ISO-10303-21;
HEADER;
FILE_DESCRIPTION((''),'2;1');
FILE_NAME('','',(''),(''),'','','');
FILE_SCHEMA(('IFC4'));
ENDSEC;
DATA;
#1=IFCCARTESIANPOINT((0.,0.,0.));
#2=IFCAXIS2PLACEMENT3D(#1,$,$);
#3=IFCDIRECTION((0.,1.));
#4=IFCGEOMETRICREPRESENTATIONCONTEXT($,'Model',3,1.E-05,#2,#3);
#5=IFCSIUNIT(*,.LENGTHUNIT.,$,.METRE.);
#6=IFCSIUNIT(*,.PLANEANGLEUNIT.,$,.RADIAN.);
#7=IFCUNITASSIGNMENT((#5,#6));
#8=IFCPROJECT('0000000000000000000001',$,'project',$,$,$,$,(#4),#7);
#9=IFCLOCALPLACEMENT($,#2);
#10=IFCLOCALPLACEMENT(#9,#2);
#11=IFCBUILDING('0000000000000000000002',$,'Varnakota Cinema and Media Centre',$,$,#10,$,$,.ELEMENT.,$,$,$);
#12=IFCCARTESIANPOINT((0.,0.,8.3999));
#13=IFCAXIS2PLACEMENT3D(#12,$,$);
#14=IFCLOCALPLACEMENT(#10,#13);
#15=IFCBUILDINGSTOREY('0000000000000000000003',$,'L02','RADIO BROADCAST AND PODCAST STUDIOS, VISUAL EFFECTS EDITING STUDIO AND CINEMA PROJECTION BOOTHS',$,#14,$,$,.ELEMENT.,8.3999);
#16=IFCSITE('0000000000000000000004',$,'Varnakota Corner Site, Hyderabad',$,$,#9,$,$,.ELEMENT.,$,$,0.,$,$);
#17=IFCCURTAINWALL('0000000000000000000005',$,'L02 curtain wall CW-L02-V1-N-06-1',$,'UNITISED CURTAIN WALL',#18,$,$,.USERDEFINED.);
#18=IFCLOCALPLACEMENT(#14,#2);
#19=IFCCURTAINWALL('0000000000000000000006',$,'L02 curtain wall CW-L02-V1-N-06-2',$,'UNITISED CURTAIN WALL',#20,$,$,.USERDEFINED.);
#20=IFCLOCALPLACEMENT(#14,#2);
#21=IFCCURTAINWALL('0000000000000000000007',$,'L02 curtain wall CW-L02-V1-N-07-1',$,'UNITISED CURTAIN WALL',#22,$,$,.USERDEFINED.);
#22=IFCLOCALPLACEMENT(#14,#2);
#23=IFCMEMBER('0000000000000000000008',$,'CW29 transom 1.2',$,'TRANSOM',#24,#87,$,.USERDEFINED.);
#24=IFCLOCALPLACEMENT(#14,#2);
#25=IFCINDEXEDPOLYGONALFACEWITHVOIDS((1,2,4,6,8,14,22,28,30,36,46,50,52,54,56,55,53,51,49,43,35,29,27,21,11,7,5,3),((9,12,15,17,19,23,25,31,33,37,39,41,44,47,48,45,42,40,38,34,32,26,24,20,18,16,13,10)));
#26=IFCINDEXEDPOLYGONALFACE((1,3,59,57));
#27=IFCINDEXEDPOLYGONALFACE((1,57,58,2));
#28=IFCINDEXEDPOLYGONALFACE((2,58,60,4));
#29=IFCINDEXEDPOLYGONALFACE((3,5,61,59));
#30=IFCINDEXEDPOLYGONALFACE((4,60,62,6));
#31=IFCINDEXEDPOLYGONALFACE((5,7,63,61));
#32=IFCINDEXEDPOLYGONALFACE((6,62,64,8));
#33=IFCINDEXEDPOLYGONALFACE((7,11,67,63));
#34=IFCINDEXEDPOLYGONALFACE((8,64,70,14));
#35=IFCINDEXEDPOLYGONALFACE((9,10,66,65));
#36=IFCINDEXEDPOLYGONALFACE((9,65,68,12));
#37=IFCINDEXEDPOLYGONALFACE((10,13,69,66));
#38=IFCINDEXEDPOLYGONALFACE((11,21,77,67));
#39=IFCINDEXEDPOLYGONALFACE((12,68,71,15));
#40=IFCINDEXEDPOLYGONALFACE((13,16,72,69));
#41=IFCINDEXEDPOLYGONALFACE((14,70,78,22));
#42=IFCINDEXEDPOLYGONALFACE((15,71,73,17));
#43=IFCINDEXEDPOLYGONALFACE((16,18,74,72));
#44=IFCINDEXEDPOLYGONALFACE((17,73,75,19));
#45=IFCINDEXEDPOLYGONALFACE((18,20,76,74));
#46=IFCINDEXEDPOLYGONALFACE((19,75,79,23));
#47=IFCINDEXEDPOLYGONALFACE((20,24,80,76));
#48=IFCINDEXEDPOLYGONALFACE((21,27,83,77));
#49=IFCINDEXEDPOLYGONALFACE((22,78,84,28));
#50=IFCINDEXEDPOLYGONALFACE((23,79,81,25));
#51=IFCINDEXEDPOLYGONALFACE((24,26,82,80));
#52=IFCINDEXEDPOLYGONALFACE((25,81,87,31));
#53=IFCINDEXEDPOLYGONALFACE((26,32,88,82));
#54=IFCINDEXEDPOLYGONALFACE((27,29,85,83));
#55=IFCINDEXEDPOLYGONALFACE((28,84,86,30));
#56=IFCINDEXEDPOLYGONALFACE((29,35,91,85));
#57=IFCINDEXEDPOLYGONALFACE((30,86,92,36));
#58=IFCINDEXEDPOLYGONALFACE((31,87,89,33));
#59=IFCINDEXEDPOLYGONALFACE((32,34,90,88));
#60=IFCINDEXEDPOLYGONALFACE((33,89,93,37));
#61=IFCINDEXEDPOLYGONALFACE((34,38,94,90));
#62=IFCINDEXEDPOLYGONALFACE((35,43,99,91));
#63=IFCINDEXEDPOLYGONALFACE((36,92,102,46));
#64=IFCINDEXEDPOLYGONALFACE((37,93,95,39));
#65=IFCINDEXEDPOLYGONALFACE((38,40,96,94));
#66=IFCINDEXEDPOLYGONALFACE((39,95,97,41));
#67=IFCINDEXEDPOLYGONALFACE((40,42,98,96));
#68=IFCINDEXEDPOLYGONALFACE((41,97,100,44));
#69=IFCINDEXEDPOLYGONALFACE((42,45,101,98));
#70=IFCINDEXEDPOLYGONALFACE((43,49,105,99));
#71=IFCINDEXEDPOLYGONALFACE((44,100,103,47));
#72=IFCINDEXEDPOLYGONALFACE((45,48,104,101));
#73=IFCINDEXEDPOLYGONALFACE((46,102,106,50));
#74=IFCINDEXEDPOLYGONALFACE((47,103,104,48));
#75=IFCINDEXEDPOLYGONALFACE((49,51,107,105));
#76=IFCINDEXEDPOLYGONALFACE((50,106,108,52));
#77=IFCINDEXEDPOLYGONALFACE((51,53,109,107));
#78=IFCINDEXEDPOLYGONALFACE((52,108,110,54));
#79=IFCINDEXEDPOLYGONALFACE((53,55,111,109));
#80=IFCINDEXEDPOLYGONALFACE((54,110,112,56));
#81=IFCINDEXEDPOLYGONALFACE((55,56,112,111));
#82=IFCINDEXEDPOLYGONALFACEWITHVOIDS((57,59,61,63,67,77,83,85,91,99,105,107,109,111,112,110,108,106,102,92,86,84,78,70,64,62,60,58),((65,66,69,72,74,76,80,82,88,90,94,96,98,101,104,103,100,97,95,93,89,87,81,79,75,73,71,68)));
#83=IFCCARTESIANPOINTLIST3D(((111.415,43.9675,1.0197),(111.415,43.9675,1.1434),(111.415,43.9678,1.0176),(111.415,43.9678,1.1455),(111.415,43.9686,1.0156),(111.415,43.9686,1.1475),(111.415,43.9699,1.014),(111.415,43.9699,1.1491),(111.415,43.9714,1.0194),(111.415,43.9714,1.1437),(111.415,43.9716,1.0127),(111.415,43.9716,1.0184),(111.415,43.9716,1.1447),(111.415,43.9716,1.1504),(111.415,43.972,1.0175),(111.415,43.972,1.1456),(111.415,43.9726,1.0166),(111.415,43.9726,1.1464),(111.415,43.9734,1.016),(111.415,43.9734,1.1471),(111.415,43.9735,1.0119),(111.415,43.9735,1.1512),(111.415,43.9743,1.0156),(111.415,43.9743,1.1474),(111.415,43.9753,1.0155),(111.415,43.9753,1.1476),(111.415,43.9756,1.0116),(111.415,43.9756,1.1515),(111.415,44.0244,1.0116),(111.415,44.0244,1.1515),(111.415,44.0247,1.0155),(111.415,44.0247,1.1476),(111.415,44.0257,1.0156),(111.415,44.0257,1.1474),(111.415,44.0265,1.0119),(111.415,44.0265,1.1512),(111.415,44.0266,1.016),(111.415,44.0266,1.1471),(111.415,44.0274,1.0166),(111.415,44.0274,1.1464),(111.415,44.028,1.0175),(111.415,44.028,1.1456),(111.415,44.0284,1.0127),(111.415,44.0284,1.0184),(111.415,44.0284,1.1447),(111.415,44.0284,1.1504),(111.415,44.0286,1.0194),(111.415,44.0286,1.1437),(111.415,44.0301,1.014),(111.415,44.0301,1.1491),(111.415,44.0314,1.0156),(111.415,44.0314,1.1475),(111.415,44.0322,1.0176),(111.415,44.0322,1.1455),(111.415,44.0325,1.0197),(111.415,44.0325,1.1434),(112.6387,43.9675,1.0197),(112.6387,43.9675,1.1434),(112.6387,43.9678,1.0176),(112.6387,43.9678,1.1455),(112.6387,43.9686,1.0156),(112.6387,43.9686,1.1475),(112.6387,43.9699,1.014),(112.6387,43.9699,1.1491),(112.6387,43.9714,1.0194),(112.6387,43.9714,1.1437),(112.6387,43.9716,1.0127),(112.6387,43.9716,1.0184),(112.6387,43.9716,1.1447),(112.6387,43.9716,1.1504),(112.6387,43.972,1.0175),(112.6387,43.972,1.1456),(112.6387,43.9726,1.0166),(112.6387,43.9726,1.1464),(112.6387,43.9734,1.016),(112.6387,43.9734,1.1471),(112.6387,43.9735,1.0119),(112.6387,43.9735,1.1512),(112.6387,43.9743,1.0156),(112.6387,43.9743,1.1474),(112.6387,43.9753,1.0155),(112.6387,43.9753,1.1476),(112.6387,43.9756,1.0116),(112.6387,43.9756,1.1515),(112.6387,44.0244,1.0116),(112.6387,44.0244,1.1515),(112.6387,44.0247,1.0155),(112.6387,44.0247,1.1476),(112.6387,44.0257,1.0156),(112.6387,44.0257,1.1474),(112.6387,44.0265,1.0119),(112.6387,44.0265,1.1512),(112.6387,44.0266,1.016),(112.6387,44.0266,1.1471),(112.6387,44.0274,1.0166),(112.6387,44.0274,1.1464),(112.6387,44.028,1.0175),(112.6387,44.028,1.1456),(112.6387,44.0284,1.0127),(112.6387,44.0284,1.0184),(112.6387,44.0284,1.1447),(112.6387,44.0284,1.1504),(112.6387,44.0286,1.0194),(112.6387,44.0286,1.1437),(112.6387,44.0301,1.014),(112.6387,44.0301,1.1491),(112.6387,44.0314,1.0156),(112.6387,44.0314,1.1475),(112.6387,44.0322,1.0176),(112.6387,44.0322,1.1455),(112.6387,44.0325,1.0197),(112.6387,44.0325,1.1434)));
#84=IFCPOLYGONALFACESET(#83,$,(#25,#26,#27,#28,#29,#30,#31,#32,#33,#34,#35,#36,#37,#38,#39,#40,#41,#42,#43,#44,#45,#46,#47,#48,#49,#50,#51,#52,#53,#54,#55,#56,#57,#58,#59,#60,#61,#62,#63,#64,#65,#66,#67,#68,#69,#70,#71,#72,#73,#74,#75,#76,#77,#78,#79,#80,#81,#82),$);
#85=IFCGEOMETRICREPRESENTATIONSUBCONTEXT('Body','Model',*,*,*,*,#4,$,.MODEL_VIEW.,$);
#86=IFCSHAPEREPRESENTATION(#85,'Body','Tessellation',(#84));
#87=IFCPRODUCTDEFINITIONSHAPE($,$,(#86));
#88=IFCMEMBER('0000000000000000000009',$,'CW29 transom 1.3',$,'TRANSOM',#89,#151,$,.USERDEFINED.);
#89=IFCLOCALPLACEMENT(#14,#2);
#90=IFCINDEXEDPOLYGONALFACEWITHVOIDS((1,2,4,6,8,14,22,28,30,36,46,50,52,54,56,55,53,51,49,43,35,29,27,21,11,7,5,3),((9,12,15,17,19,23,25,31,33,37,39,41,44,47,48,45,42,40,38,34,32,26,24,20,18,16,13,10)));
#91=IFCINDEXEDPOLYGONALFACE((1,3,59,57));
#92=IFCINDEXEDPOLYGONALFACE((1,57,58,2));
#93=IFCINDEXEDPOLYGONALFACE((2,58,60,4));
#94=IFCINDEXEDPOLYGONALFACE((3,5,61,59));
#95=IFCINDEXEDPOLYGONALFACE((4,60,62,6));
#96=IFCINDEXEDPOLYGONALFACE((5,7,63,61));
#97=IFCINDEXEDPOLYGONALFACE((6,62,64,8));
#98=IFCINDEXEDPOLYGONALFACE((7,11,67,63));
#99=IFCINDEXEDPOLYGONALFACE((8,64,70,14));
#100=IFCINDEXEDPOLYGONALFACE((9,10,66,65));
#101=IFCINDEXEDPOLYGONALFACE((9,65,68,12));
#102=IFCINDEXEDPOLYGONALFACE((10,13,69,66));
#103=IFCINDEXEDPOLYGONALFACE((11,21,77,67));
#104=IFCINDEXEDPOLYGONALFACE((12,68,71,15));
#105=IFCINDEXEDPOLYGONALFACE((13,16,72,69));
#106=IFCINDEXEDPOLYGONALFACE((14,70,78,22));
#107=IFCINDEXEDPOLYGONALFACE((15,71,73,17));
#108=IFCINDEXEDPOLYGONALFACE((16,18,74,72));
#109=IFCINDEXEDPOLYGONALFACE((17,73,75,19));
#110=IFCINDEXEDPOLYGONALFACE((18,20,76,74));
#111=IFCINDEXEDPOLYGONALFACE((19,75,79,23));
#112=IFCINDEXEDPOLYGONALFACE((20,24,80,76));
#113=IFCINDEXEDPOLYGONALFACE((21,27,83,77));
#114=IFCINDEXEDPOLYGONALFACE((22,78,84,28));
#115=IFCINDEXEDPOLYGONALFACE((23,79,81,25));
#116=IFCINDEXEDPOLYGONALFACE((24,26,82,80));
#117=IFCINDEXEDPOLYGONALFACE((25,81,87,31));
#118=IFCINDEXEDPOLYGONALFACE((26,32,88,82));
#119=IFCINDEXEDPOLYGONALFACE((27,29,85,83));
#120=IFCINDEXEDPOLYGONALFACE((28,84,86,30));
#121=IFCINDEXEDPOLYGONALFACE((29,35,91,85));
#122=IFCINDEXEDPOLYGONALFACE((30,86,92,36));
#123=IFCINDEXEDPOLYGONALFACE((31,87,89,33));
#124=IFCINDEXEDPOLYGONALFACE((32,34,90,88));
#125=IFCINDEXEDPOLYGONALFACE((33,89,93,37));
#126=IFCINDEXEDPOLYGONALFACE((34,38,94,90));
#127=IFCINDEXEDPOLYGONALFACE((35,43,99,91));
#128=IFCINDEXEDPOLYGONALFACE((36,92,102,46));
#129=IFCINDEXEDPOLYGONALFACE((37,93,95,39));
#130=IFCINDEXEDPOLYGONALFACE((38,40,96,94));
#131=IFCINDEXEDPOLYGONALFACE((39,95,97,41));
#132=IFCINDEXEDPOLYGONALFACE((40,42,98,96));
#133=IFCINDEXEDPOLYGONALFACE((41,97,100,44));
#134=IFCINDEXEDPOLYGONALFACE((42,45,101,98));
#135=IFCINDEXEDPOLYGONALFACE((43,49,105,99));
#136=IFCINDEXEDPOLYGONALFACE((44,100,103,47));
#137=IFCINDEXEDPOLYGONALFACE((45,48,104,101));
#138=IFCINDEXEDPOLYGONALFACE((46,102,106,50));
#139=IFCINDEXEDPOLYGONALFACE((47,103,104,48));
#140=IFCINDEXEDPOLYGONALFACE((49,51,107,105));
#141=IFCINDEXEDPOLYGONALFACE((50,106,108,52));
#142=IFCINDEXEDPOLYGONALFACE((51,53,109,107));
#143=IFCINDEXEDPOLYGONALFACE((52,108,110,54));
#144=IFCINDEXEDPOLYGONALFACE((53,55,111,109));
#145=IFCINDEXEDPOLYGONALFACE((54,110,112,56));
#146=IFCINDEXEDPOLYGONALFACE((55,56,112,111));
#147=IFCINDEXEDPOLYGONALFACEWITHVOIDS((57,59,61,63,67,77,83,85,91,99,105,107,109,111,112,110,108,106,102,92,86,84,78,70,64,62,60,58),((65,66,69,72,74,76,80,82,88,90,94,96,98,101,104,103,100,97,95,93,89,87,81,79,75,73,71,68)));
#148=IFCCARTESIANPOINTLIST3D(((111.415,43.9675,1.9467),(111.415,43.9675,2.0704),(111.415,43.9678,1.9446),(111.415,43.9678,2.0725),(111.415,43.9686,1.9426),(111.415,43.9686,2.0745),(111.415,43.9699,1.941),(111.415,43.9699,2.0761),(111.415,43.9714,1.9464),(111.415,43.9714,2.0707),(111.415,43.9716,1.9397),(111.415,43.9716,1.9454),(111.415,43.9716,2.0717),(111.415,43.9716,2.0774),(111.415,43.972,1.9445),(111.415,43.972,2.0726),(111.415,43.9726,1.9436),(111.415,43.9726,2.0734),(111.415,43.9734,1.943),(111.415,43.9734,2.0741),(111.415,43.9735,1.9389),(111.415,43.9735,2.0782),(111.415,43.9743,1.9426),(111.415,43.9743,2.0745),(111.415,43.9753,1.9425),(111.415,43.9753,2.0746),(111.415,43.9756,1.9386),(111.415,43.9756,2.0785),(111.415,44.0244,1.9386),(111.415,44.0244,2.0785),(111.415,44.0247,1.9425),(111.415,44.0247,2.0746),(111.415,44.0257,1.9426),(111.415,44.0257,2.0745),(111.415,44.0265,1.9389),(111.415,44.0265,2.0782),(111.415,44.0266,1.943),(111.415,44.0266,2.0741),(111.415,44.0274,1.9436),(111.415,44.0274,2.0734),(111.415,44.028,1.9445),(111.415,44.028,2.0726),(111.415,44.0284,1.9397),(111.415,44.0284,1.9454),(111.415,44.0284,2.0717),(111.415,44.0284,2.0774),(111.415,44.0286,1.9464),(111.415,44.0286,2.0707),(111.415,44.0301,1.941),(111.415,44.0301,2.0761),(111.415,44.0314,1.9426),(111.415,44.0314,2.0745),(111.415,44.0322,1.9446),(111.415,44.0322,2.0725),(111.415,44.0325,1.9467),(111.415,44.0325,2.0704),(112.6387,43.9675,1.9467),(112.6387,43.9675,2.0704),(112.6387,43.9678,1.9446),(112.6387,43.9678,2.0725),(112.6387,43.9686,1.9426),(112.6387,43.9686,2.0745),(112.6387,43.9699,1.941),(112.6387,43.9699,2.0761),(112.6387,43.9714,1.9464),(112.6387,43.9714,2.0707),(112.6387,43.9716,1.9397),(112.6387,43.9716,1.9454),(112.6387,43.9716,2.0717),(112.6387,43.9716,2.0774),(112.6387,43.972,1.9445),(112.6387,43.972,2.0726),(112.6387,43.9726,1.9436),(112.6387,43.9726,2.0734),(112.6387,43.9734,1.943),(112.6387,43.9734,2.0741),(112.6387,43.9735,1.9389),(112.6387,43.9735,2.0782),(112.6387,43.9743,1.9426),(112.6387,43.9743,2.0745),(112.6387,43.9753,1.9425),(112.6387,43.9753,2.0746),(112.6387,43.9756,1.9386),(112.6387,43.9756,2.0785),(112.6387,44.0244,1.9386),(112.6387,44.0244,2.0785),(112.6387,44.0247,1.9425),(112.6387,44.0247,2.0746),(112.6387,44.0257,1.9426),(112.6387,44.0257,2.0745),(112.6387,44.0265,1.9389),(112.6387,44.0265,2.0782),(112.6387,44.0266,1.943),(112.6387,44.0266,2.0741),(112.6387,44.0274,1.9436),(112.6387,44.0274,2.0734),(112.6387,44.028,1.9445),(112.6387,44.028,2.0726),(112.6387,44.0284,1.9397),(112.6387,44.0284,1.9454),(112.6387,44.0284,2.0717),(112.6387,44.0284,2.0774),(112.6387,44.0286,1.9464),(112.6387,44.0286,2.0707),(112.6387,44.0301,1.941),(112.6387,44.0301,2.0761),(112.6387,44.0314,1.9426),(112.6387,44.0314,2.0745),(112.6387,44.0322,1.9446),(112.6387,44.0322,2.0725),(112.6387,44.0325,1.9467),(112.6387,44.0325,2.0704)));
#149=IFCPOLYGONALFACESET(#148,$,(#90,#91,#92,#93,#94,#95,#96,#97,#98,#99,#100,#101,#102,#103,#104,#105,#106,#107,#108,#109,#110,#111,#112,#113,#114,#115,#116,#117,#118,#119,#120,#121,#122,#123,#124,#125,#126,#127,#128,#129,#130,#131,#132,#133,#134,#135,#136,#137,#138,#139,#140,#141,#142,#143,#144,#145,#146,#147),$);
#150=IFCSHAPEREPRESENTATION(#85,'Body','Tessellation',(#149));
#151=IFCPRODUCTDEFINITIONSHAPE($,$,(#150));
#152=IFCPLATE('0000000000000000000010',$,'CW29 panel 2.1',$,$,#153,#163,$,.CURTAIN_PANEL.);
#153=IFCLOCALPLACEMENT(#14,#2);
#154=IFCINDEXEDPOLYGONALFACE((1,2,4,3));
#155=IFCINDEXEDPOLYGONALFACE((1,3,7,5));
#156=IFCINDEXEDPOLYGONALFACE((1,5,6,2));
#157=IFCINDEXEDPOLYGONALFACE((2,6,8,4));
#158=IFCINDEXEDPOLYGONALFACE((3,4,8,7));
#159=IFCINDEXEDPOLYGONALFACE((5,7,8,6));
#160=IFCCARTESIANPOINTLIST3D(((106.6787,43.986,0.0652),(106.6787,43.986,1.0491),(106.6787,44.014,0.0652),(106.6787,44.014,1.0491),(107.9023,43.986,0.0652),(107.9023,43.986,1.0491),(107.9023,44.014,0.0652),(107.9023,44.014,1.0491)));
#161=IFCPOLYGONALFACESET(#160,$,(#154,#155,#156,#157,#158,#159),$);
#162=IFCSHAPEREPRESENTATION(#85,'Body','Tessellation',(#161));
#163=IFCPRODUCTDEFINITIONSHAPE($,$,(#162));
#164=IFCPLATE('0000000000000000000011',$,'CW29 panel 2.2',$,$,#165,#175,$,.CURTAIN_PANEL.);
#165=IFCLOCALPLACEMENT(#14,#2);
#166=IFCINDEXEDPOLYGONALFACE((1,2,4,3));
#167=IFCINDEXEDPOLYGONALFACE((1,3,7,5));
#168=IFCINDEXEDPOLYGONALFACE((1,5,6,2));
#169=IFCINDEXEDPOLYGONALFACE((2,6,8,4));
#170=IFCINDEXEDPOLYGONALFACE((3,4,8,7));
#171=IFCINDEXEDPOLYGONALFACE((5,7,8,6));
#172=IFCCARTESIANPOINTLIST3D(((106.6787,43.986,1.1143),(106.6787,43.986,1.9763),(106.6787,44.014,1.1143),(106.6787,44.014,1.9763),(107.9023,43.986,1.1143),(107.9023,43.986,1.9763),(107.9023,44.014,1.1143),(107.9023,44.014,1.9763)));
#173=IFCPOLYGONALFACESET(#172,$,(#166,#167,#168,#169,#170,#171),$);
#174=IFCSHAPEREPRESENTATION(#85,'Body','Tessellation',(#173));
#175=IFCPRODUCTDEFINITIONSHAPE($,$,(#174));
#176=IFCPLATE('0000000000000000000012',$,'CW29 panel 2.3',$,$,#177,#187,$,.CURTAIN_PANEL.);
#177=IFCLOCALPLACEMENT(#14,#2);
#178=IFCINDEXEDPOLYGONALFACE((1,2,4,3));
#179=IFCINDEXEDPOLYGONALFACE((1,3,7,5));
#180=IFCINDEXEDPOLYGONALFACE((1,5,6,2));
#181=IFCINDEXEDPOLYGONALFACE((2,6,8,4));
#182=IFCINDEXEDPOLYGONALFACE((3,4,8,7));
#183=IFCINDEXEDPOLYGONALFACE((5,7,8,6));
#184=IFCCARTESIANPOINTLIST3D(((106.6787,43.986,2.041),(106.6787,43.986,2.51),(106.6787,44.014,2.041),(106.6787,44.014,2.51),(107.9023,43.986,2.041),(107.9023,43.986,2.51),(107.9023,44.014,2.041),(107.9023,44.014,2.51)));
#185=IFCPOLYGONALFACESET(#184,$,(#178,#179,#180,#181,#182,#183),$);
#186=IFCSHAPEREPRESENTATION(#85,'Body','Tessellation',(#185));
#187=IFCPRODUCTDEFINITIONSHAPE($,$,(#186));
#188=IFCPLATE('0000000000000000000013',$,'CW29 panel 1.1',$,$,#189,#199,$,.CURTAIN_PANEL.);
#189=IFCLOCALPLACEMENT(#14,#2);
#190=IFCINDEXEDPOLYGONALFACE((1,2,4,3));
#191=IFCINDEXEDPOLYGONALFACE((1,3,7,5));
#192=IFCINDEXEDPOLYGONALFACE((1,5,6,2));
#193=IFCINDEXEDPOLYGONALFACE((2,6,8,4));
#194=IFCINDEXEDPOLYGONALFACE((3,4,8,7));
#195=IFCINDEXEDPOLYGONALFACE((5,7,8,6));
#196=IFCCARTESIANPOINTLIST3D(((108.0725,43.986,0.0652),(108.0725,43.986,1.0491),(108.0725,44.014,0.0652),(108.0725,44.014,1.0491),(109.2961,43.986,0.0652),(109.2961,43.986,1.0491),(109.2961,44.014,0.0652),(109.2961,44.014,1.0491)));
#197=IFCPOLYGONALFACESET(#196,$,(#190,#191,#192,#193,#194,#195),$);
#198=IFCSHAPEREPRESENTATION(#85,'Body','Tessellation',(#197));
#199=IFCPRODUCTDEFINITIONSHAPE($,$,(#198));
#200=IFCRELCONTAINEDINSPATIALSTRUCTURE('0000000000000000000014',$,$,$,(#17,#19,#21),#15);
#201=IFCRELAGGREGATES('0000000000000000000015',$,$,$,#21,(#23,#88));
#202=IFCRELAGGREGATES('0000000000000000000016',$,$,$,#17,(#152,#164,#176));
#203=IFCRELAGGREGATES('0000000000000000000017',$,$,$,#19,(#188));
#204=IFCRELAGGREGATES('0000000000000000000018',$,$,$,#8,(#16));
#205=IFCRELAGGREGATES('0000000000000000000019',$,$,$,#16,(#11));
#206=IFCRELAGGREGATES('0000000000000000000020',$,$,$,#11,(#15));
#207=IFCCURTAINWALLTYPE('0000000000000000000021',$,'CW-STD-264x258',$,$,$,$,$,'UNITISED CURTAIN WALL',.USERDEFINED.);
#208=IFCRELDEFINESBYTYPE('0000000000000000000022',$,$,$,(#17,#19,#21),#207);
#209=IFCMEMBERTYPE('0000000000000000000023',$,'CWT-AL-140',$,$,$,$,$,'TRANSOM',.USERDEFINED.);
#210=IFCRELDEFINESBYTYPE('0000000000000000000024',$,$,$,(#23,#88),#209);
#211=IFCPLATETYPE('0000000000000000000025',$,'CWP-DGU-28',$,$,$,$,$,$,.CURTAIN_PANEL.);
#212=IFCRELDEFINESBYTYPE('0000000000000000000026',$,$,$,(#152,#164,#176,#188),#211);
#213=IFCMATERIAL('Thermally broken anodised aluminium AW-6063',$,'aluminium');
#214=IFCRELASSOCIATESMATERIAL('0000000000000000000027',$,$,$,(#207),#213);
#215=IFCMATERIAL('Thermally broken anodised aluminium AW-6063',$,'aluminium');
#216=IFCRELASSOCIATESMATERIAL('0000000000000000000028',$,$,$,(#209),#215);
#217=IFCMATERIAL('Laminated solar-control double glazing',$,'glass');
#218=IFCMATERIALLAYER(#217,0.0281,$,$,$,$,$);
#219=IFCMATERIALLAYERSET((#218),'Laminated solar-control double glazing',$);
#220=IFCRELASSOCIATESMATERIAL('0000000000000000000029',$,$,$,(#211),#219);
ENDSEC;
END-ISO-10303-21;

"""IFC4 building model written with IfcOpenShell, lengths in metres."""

from ifc_helpers import new_model, si_unit, direction, frame, origin, origin_2d, place, context, subcontext, project, spatial, rectangle, hollow_rectangle, extrude, material, layer, layer_set, material_profile, profile_set, type_object, element, aggregate, save


model = new_model("IFC4")

# Units and contexts
model_context = context("Model", 3, precision=1e-05, world=origin(), true_north=direction((0.0, 1.0)))
body_context = subcontext(model_context, "Body", "Model", "MODEL_VIEW")
ifc_project = project(units=[si_unit("LENGTHUNIT", "METRE"), si_unit("PLANEANGLEUNIT", "RADIAN")], contexts=[model_context])

# Site, building, storey
site_placement = place(None, origin())
site = spatial("IfcSite", under=ifc_project, at=site_placement, Name="Varnakota Corner Site, Hyderabad", CompositionType="ELEMENT", RefElevation=0.0)
building_placement = place(site_placement, origin())
building = spatial("IfcBuilding", under=site, at=building_placement, Name="Varnakota Cinema and Media Centre", CompositionType="ELEMENT")
storey_placement = place(building_placement, frame((0.0, 0.0, 8.3999)))
storey = spatial("IfcBuildingStorey", under=building, at=storey_placement, Name="L02", Description="RADIO BROADCAST AND PODCAST STUDIOS, VISUAL EFFECTS EDITING STUDIO AND CINEMA PROJECTION BOOTHS", CompositionType="ELEMENT", Elevation=8.3999)

# Curtain wall
ifc_material_1 = material(Name="Thermally broken anodised aluminium AW-6063", Category="aluminium")
curtain_wall_type = type_object("IfcCurtainWallType", Name="CW-STD-264x258", ElementType="UNITISED CURTAIN WALL", PredefinedType="USERDEFINED", material=ifc_material_1)
curtain_wall_1_placement = place(storey_placement, origin())
curtain_wall_1 = element("IfcCurtainWall", 1, at=curtain_wall_1_placement, inside=storey, type_object=curtain_wall_type, Name="L02 curtain wall CW-L02-V1-N-06-1", ObjectType="UNITISED CURTAIN WALL", PredefinedType="USERDEFINED")

# Curtain wall
curtain_wall_2_placement = place(storey_placement, origin())
curtain_wall_2 = element("IfcCurtainWall", 2, at=curtain_wall_2_placement, inside=storey, type_object=curtain_wall_type, Name="L02 curtain wall CW-L02-V1-N-06-2", ObjectType="UNITISED CURTAIN WALL", PredefinedType="USERDEFINED")

# Curtain wall
curtain_wall_3_placement = place(storey_placement, origin())
curtain_wall_3 = element("IfcCurtainWall", 3, at=curtain_wall_3_placement, inside=storey, type_object=curtain_wall_type, Name="L02 curtain wall CW-L02-V1-N-07-1", ObjectType="UNITISED CURTAIN WALL", PredefinedType="USERDEFINED")

# Members
ifc_material_2 = material(Name="Thermally broken anodised aluminium AW-6063", Category="aluminium")
ifc_material_profile_1 = material_profile(ifc_material_2, hollow_rectangle(XDim=0.0649, YDim=0.1399, WallThickness=0.0039, InnerFilletRadius=0.0039, OuterFilletRadius=0.0081, at=origin_2d()), Name="AL-TRANSOM 140x65x4")
ifc_profile_set_1 = profile_set([ifc_material_profile_1], Name="Thermally broken anodised aluminium AW-6063")
member_type_1 = type_object("IfcMemberType", Name="CWT-AL-140", ElementType="TRANSOM", PredefinedType="USERDEFINED", material=ifc_profile_set_1)
member_1_placement = place(storey_placement, frame((111.415, 44.0, 1.0815), z_axis=(1.0, 0.0, 0.0), x_axis=(0.0, 1.0, 0.0)))
member_1 = element("IfcMember", 4, at=member_1_placement, type_object=member_type_1, Name="CW29 transom 1.2", ObjectType="TRANSOM", PredefinedType="USERDEFINED", context=body_context, shape_type="SweptSolid", body=[
    extrude(hollow_rectangle(XDim=0.0649, YDim=0.1399, WallThickness=0.0039, InnerFilletRadius=0.0039, OuterFilletRadius=0.0081, at=origin_2d()), origin(), (0.0, 0.0, 1.0), 1.2236),
])
member_2_placement = place(storey_placement, frame((111.415, 44.0, 2.0085), z_axis=(1.0, 0.0, 0.0), x_axis=(0.0, 1.0, 0.0)))
member_2 = element("IfcMember", 5, at=member_2_placement, type_object=member_type_1, Name="CW29 transom 1.3", ObjectType="TRANSOM", PredefinedType="USERDEFINED", context=body_context, shape_type="SweptSolid", body=[
    extrude(hollow_rectangle(XDim=0.0649, YDim=0.1399, WallThickness=0.0039, InnerFilletRadius=0.0039, OuterFilletRadius=0.0081, at=origin_2d()), origin(), (0.0, 0.0, 1.0), 1.2236),
])
aggregate(curtain_wall_3, [member_1, member_2])

# Plates
ifc_material_3 = material(Name="Laminated solar-control double glazing", Category="glass")
ifc_layer = layer(ifc_material_3, 0.0281)
ifc_layer_set = layer_set([ifc_layer], Name="Laminated solar-control double glazing")
plate_type = type_object("IfcPlateType", Name="CWP-DGU-28", PredefinedType="CURTAIN_PANEL", material=ifc_layer_set)
plate_1_placement = place(storey_placement, frame((107.2905, 44.0, 0.0652), z_axis=(0.0, 0.0, 1.0), x_axis=(1.0, 0.0, 0.0)))
plate_1 = element("IfcPlate", 6, at=plate_1_placement, type_object=plate_type, Name="CW29 panel 2.1", PredefinedType="CURTAIN_PANEL", context=body_context, shape_type="SweptSolid", body=[
    extrude(rectangle(XDim=1.2236, YDim=0.0281, at=origin_2d()), origin(), (0.0, 0.0, 1.0), 0.9839),
])
plate_2_placement = place(storey_placement, frame((107.2905, 44.0, 1.1143), z_axis=(0.0, 0.0, 1.0), x_axis=(1.0, 0.0, 0.0)))
plate_2 = element("IfcPlate", 7, at=plate_2_placement, type_object=plate_type, Name="CW29 panel 2.2", PredefinedType="CURTAIN_PANEL", context=body_context, shape_type="SweptSolid", body=[
    extrude(rectangle(XDim=1.2236, YDim=0.0281, at=origin_2d()), origin(), (0.0, 0.0, 1.0), 0.8621),
])
plate_3_placement = place(storey_placement, frame((107.2905, 44.0, 2.041), z_axis=(0.0, 0.0, 1.0), x_axis=(1.0, 0.0, 0.0)))
plate_3 = element("IfcPlate", 8, at=plate_3_placement, type_object=plate_type, Name="CW29 panel 2.3", PredefinedType="CURTAIN_PANEL", context=body_context, shape_type="SweptSolid", body=[
    extrude(rectangle(XDim=1.2236, YDim=0.0281, at=origin_2d()), origin(), (0.0, 0.0, 1.0), 0.469),
])
aggregate(curtain_wall_1, [plate_1, plate_2, plate_3])
plate_4_placement = place(storey_placement, frame((108.6843, 44.0, 0.0652), z_axis=(0.0, 0.0, 1.0), x_axis=(1.0, 0.0, 0.0)))
plate_4 = element("IfcPlate", 9, at=plate_4_placement, type_object=plate_type, Name="CW29 panel 1.1", PredefinedType="CURTAIN_PANEL", context=body_context, shape_type="SweptSolid", body=[
    extrude(rectangle(XDim=1.2236, YDim=0.0281, at=origin_2d()), origin(), (0.0, 0.0, 1.0), 0.9839),
])
aggregate(curtain_wall_2, [plate_4])

save(model, "model.ifc")
